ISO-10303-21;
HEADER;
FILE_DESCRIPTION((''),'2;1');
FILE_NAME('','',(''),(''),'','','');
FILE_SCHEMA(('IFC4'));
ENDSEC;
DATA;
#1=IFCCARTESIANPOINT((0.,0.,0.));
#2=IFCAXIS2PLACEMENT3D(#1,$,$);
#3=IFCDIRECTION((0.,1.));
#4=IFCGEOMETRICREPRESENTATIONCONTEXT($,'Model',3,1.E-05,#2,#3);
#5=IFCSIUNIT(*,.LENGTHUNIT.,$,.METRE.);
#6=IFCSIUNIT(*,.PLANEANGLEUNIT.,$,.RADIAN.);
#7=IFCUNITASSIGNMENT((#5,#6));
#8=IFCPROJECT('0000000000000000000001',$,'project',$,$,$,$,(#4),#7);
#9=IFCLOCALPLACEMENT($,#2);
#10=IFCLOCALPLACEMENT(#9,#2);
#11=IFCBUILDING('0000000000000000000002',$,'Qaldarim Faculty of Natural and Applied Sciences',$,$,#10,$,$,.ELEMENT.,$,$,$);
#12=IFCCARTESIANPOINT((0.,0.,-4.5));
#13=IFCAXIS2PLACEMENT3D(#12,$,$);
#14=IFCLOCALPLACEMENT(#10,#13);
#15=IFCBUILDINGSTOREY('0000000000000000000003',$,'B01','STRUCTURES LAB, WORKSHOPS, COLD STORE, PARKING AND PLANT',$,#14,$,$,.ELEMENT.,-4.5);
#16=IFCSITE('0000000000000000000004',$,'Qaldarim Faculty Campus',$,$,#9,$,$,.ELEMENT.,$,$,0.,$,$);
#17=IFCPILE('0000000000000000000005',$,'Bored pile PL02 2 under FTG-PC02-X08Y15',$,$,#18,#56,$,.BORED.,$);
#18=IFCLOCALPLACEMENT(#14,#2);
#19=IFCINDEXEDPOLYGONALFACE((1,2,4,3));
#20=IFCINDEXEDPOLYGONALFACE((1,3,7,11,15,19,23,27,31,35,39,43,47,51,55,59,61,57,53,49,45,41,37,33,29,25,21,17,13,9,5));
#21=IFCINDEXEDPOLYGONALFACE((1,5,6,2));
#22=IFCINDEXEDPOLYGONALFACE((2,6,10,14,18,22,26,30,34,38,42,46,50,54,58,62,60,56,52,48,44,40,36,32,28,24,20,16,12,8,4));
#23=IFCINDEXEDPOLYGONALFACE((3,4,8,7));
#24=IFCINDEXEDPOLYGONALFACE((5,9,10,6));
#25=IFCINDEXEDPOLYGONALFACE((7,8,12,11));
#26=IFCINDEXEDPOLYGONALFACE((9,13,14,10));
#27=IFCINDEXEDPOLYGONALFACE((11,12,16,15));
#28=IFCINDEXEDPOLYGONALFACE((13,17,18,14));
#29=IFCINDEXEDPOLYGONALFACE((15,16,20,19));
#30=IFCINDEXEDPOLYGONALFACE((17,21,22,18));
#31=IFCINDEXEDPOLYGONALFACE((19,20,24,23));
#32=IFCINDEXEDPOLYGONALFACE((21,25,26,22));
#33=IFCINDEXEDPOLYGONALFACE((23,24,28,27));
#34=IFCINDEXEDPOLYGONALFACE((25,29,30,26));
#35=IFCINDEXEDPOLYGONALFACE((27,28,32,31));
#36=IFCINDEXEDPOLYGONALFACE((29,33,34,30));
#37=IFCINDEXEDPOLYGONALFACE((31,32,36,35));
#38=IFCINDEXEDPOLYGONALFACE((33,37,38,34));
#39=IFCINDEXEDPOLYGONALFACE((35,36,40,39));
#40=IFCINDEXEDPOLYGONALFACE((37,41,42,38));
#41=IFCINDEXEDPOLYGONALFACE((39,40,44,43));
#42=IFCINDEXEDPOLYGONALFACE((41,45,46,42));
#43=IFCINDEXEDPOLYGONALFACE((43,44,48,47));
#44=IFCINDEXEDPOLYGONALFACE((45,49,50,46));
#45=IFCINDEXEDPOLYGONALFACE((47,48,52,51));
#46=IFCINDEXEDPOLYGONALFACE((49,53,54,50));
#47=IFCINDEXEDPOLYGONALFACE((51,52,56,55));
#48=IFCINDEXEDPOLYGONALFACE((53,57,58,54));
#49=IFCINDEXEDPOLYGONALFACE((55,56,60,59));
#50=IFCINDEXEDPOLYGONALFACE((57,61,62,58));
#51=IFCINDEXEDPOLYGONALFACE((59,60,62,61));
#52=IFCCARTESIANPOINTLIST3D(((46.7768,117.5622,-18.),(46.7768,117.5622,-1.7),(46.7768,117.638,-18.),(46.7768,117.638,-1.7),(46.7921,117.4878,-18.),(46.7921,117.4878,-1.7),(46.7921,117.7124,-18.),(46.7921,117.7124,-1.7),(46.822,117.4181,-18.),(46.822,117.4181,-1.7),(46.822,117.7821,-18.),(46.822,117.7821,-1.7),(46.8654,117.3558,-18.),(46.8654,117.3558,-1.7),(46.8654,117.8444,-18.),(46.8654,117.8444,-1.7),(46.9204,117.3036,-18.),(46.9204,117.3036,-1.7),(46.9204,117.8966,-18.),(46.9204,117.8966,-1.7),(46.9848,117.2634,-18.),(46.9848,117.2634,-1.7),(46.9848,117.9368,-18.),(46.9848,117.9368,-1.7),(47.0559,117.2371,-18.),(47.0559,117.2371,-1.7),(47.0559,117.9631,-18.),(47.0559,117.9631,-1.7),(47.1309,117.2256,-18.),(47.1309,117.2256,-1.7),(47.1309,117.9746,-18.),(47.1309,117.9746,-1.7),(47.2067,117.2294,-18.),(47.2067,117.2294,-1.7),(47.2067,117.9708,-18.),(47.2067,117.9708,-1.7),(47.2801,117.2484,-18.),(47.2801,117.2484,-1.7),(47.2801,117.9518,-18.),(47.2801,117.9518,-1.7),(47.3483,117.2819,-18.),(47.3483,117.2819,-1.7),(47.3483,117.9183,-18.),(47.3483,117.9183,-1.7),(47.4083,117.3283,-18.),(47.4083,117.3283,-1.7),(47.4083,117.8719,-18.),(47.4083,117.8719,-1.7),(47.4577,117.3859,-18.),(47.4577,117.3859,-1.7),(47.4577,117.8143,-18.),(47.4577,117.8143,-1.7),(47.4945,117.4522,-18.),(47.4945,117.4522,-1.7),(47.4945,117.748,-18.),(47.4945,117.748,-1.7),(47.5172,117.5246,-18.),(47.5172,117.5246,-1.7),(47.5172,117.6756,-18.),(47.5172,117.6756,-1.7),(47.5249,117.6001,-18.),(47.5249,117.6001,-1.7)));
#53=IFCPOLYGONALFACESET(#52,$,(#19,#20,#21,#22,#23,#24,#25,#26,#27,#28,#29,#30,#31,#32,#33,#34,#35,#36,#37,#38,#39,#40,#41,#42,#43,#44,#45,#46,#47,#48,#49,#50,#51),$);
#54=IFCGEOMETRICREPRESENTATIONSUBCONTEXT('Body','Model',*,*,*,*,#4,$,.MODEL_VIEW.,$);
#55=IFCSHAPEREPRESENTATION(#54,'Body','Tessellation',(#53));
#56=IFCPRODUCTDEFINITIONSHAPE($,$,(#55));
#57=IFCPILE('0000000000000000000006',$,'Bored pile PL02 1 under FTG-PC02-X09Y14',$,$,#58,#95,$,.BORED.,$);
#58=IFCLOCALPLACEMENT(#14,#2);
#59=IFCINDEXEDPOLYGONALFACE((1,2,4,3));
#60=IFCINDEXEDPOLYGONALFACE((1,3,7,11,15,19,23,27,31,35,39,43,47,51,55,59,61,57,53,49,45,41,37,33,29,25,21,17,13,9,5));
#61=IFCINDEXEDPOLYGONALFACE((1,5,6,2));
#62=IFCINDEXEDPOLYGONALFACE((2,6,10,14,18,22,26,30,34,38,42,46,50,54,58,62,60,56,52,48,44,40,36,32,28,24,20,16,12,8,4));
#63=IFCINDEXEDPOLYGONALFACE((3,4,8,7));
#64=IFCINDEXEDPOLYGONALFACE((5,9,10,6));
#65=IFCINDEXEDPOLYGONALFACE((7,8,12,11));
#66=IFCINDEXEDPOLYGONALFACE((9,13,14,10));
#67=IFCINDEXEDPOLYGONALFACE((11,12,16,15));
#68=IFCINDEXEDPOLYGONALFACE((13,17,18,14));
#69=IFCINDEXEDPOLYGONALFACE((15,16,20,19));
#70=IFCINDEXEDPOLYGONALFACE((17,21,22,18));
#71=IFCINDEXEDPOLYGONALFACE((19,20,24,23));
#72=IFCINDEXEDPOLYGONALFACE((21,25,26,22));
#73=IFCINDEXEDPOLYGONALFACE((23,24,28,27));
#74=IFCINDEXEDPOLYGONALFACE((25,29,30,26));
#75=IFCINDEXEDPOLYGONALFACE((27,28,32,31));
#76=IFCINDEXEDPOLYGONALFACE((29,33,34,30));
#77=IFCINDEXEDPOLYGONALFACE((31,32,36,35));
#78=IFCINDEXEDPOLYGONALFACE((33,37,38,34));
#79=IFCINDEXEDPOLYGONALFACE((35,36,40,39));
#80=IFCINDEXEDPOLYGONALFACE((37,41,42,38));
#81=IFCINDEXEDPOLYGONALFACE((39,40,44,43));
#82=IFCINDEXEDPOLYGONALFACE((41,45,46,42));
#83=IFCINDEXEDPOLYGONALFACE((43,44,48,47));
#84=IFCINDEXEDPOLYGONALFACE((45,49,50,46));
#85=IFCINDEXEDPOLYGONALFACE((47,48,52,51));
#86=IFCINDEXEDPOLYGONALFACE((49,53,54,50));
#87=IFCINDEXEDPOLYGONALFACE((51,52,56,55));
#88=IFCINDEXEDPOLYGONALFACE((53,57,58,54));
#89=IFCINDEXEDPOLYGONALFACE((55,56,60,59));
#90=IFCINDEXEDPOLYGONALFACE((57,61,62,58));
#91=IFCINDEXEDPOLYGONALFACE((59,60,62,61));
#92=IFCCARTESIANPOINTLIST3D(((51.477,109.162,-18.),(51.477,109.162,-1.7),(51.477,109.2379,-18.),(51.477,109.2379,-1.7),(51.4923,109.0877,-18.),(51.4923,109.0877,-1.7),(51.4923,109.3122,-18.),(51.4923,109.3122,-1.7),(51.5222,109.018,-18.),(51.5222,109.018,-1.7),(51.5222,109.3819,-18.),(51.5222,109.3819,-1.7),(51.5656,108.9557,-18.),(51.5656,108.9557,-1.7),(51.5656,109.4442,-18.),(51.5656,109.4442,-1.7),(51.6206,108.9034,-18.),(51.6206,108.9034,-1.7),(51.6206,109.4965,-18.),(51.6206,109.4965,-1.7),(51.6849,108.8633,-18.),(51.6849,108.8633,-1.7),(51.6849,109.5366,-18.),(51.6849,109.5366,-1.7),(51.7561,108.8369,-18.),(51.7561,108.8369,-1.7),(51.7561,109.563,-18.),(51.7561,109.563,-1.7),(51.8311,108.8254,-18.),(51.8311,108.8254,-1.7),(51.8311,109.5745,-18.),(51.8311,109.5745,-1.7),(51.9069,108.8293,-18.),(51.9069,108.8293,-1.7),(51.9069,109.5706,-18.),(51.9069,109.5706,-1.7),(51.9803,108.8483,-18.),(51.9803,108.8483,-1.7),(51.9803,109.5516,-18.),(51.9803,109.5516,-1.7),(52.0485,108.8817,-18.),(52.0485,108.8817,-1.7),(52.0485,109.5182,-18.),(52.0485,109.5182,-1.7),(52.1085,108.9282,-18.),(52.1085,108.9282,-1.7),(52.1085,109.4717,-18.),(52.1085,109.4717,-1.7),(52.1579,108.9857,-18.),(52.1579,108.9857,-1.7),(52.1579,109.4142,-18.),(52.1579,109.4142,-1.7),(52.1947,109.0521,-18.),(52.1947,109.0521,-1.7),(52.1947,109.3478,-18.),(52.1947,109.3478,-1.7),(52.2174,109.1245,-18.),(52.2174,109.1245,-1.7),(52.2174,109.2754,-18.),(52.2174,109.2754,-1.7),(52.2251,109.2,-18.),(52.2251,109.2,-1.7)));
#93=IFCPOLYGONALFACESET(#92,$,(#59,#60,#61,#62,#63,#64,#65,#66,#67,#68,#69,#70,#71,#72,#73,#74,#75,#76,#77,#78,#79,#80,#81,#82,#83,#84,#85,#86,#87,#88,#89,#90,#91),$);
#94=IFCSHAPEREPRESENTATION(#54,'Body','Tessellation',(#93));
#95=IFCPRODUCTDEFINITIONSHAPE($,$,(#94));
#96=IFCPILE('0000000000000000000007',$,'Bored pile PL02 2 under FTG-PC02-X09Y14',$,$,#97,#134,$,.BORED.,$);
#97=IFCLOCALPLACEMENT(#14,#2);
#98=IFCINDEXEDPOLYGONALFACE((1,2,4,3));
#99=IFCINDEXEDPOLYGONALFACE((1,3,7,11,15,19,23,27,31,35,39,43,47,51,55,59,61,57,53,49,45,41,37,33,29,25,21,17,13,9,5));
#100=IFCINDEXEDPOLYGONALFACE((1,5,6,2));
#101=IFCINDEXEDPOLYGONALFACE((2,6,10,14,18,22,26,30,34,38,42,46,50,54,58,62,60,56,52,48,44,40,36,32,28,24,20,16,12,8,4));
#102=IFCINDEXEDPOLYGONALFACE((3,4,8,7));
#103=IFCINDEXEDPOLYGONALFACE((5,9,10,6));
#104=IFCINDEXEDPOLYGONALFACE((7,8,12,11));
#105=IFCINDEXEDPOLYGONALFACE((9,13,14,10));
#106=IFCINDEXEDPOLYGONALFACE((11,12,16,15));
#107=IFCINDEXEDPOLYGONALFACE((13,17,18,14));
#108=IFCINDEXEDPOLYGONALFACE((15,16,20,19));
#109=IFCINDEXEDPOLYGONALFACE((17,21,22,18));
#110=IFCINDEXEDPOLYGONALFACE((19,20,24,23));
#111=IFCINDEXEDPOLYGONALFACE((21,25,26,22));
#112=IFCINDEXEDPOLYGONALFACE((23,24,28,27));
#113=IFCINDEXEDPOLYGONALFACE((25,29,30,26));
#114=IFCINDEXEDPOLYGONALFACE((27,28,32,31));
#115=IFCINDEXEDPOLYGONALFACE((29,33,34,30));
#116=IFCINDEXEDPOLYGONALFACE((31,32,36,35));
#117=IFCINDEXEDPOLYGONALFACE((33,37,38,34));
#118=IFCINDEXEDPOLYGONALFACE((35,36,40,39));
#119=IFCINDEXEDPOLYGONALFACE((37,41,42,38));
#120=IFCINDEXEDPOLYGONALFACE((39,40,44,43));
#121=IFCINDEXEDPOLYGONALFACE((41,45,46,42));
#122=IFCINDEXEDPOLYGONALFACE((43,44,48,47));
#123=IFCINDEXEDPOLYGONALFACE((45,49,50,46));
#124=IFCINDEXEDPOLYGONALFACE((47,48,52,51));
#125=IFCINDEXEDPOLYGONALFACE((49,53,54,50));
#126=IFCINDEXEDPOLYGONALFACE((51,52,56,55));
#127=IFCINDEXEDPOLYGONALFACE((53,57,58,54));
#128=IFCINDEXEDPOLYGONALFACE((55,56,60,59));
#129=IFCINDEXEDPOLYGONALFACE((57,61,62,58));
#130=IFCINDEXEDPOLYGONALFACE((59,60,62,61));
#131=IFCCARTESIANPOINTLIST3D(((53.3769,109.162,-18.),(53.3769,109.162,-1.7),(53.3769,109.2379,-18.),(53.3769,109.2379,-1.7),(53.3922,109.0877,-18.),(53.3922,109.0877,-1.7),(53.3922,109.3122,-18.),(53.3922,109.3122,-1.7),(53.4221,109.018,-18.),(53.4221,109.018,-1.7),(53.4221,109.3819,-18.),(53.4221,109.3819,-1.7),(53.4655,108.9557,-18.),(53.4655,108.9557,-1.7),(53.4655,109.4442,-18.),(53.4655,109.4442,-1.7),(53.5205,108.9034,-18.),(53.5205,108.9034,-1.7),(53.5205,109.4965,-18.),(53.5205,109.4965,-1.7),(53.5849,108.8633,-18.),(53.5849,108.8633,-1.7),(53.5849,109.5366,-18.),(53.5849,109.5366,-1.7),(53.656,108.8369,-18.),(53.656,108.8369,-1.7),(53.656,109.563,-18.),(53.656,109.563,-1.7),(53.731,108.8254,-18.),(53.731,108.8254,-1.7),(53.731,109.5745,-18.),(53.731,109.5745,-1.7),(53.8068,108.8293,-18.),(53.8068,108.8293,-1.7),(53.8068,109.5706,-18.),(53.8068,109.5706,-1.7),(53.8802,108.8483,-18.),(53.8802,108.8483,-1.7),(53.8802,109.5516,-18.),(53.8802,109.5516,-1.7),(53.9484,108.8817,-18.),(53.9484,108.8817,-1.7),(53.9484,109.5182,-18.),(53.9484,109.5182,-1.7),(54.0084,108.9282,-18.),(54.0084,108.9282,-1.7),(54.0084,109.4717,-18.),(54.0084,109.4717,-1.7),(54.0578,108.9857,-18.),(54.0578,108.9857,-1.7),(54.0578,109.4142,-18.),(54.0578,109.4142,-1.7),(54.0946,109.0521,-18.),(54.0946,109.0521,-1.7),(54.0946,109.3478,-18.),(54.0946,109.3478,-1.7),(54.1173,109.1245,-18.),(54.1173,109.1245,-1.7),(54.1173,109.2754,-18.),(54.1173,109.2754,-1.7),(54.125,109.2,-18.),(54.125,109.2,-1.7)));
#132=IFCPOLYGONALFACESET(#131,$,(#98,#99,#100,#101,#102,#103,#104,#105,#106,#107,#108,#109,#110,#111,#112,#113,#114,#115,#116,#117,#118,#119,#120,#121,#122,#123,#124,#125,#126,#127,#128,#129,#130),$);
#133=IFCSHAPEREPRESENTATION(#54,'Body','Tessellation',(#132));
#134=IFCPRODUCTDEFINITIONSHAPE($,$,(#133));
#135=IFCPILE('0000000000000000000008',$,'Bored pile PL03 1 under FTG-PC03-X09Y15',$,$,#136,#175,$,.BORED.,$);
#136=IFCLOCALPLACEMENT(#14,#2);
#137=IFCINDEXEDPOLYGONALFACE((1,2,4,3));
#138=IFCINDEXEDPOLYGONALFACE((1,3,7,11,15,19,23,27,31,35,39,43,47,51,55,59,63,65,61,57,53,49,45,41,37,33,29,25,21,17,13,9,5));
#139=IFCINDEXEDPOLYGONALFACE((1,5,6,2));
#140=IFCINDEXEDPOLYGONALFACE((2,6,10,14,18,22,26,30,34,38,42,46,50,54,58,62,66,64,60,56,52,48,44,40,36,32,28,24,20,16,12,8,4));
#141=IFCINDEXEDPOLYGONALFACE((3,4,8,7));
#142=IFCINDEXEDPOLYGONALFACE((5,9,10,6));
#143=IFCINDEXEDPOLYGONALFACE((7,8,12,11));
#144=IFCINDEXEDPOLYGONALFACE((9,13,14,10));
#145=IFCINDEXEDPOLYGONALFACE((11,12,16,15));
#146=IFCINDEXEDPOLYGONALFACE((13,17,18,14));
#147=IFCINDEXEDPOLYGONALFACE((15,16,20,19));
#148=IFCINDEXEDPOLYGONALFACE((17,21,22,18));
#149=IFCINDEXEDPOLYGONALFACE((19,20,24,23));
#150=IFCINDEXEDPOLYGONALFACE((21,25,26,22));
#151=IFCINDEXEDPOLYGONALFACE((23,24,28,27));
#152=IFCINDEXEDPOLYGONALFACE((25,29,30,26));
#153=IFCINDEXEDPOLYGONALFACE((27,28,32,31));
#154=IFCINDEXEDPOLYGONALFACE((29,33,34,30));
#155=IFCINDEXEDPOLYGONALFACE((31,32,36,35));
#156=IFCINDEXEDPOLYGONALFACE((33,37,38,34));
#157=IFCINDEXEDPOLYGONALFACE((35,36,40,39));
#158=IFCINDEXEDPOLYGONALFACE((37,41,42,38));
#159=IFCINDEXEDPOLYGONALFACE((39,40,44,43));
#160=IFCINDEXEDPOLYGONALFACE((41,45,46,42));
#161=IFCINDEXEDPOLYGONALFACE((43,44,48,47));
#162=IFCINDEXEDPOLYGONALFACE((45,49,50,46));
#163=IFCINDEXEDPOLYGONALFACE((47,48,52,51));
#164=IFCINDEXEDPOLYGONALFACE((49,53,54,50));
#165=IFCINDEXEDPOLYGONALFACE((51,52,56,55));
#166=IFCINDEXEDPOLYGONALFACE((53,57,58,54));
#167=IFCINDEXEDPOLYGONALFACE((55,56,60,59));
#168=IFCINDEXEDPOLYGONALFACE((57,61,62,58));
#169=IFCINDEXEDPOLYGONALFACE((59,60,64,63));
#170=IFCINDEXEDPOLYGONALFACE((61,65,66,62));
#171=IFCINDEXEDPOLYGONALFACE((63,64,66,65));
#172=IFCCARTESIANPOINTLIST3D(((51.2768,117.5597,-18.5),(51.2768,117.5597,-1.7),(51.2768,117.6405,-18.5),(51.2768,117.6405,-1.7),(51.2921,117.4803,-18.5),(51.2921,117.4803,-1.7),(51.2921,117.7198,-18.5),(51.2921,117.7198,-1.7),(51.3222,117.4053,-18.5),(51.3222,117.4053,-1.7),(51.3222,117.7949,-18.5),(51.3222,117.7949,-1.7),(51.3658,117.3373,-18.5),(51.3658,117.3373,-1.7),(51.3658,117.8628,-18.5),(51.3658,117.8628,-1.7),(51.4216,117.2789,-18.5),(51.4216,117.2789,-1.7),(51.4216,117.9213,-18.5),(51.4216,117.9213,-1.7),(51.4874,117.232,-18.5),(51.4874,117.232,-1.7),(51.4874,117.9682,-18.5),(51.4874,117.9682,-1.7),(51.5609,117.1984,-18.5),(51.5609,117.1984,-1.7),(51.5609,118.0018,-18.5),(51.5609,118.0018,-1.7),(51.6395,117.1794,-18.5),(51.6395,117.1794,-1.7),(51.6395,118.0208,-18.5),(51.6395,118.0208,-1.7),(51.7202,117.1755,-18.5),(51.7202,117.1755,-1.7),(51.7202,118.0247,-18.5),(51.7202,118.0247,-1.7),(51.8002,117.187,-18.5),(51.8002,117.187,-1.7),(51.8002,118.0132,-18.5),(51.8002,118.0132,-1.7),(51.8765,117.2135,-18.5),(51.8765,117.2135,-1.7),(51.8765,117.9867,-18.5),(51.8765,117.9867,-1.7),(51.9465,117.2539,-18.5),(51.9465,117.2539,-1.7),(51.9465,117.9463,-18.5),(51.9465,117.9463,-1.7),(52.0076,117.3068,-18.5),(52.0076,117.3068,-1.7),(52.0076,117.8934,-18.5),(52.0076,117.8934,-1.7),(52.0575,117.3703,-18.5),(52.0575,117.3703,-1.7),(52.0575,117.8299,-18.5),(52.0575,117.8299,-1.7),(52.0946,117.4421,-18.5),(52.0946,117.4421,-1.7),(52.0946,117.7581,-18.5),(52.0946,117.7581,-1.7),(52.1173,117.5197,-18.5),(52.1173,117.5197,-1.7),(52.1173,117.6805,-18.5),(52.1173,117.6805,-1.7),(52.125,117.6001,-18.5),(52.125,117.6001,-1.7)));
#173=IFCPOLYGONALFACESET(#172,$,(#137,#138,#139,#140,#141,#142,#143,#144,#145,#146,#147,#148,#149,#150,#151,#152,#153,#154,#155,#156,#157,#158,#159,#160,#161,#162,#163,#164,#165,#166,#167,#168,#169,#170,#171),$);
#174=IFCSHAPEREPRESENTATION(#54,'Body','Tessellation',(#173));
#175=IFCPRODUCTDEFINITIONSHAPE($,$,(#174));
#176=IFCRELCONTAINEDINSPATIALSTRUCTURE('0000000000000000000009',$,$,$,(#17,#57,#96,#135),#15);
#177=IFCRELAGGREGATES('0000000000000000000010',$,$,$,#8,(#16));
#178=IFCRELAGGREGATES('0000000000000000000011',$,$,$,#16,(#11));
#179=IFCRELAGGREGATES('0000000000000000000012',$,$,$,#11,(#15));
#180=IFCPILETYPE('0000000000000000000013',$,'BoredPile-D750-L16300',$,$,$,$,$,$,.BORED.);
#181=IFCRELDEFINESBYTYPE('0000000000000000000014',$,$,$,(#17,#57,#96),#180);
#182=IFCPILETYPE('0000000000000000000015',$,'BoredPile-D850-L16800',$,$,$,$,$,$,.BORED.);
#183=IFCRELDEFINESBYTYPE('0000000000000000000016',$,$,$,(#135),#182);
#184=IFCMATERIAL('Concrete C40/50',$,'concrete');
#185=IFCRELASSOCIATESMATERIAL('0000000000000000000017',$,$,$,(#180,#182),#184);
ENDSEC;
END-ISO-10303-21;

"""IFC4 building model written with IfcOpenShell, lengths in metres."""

from ifc_helpers import new_model, si_unit, direction, frame, origin, origin_2d, place, context, subcontext, project, spatial, circle, extrude, material, material_profile, profile_set, type_object, element, save


model = new_model("IFC4")

# Units and contexts
model_context = context("Model", 3, precision=1e-05, world=origin(), true_north=direction((0.0, 1.0)))
body_context = subcontext(model_context, "Body", "Model", "MODEL_VIEW")
ifc_project = project(units=[si_unit("LENGTHUNIT", "METRE"), si_unit("PLANEANGLEUNIT", "RADIAN")], contexts=[model_context])

# Site, building, storey
site_placement = place(None, origin())
site = spatial("IfcSite", under=ifc_project, at=site_placement, Name="Qaldarim Faculty Campus", CompositionType="ELEMENT", RefElevation=0.0)
building_placement = place(site_placement, origin())
building = spatial("IfcBuilding", under=site, at=building_placement, Name="Qaldarim Faculty of Natural and Applied Sciences", CompositionType="ELEMENT")
storey_placement = place(building_placement, frame((0.0, 0.0, -4.5)))
storey = spatial("IfcBuildingStorey", under=building, at=storey_placement, Name="B01", Description="STRUCTURES LAB, WORKSHOPS, COLD STORE, PARKING AND PLANT", CompositionType="ELEMENT", Elevation=-4.5)

# Piles
ifc_material_1 = material(Name="Concrete C40/50", Category="concrete")
ifc_material_profile_1 = material_profile(ifc_material_1, circle(Radius=0.375, at=origin_2d()), Name="PILE-D750")
ifc_profile_set_1 = profile_set([ifc_material_profile_1], Name="Concrete C40/50")
pile_type_1 = type_object("IfcPileType", Name="BoredPile-D750-L16300", PredefinedType="BORED", material=ifc_profile_set_1)
for number, where, z_axis, x_axis, name in (
    (1, (47.1499, 117.6001, -1.7), (0.0, 0.0, -1.0), (1.0, 0.0, 0.0), "Bored pile PL02 2 under FTG-PC02-X08Y15"),
    (2, (51.8501, 109.2, -1.7), (0.0, 0.0, -1.0), (1.0, 0.0, 0.0), "Bored pile PL02 1 under FTG-PC02-X09Y14"),
    (3, (53.75, 109.2, -1.7), (0.0, 0.0, -1.0), (1.0, 0.0, 0.0), "Bored pile PL02 2 under FTG-PC02-X09Y14"),
):
    element("IfcPile", number, at=place(storey_placement, frame(where, z_axis=z_axis, x_axis=x_axis)), inside=storey, type_object=pile_type_1, Name=name, PredefinedType="BORED", context=body_context, shape_type="SweptSolid", body=[
        extrude(circle(Radius=0.375, at=origin_2d()), origin(), (0.0, 0.0, 1.0), 16.3),
    ])
ifc_material_profile_2 = material_profile(ifc_material_1, circle(Radius=0.425, at=origin_2d()), Name="PILE-D850")
ifc_profile_set_2 = profile_set([ifc_material_profile_2], Name="Concrete C40/50")
pile_type_2 = type_object("IfcPileType", Name="BoredPile-D850-L16800", PredefinedType="BORED", material=ifc_profile_set_2)
for number, where, z_axis, x_axis, name in (
    (4, (51.7, 117.6001, -1.7), (0.0, 0.0, -1.0), (1.0, 0.0, 0.0), "Bored pile PL03 1 under FTG-PC03-X09Y15"),
):
    element("IfcPile", number, at=place(storey_placement, frame(where, z_axis=z_axis, x_axis=x_axis)), inside=storey, type_object=pile_type_2, Name=name, PredefinedType="BORED", context=body_context, shape_type="SweptSolid", body=[
        extrude(circle(Radius=0.425, at=origin_2d()), origin(), (0.0, 0.0, 1.0), 16.8),
    ])

save(model, "model.ifc")
